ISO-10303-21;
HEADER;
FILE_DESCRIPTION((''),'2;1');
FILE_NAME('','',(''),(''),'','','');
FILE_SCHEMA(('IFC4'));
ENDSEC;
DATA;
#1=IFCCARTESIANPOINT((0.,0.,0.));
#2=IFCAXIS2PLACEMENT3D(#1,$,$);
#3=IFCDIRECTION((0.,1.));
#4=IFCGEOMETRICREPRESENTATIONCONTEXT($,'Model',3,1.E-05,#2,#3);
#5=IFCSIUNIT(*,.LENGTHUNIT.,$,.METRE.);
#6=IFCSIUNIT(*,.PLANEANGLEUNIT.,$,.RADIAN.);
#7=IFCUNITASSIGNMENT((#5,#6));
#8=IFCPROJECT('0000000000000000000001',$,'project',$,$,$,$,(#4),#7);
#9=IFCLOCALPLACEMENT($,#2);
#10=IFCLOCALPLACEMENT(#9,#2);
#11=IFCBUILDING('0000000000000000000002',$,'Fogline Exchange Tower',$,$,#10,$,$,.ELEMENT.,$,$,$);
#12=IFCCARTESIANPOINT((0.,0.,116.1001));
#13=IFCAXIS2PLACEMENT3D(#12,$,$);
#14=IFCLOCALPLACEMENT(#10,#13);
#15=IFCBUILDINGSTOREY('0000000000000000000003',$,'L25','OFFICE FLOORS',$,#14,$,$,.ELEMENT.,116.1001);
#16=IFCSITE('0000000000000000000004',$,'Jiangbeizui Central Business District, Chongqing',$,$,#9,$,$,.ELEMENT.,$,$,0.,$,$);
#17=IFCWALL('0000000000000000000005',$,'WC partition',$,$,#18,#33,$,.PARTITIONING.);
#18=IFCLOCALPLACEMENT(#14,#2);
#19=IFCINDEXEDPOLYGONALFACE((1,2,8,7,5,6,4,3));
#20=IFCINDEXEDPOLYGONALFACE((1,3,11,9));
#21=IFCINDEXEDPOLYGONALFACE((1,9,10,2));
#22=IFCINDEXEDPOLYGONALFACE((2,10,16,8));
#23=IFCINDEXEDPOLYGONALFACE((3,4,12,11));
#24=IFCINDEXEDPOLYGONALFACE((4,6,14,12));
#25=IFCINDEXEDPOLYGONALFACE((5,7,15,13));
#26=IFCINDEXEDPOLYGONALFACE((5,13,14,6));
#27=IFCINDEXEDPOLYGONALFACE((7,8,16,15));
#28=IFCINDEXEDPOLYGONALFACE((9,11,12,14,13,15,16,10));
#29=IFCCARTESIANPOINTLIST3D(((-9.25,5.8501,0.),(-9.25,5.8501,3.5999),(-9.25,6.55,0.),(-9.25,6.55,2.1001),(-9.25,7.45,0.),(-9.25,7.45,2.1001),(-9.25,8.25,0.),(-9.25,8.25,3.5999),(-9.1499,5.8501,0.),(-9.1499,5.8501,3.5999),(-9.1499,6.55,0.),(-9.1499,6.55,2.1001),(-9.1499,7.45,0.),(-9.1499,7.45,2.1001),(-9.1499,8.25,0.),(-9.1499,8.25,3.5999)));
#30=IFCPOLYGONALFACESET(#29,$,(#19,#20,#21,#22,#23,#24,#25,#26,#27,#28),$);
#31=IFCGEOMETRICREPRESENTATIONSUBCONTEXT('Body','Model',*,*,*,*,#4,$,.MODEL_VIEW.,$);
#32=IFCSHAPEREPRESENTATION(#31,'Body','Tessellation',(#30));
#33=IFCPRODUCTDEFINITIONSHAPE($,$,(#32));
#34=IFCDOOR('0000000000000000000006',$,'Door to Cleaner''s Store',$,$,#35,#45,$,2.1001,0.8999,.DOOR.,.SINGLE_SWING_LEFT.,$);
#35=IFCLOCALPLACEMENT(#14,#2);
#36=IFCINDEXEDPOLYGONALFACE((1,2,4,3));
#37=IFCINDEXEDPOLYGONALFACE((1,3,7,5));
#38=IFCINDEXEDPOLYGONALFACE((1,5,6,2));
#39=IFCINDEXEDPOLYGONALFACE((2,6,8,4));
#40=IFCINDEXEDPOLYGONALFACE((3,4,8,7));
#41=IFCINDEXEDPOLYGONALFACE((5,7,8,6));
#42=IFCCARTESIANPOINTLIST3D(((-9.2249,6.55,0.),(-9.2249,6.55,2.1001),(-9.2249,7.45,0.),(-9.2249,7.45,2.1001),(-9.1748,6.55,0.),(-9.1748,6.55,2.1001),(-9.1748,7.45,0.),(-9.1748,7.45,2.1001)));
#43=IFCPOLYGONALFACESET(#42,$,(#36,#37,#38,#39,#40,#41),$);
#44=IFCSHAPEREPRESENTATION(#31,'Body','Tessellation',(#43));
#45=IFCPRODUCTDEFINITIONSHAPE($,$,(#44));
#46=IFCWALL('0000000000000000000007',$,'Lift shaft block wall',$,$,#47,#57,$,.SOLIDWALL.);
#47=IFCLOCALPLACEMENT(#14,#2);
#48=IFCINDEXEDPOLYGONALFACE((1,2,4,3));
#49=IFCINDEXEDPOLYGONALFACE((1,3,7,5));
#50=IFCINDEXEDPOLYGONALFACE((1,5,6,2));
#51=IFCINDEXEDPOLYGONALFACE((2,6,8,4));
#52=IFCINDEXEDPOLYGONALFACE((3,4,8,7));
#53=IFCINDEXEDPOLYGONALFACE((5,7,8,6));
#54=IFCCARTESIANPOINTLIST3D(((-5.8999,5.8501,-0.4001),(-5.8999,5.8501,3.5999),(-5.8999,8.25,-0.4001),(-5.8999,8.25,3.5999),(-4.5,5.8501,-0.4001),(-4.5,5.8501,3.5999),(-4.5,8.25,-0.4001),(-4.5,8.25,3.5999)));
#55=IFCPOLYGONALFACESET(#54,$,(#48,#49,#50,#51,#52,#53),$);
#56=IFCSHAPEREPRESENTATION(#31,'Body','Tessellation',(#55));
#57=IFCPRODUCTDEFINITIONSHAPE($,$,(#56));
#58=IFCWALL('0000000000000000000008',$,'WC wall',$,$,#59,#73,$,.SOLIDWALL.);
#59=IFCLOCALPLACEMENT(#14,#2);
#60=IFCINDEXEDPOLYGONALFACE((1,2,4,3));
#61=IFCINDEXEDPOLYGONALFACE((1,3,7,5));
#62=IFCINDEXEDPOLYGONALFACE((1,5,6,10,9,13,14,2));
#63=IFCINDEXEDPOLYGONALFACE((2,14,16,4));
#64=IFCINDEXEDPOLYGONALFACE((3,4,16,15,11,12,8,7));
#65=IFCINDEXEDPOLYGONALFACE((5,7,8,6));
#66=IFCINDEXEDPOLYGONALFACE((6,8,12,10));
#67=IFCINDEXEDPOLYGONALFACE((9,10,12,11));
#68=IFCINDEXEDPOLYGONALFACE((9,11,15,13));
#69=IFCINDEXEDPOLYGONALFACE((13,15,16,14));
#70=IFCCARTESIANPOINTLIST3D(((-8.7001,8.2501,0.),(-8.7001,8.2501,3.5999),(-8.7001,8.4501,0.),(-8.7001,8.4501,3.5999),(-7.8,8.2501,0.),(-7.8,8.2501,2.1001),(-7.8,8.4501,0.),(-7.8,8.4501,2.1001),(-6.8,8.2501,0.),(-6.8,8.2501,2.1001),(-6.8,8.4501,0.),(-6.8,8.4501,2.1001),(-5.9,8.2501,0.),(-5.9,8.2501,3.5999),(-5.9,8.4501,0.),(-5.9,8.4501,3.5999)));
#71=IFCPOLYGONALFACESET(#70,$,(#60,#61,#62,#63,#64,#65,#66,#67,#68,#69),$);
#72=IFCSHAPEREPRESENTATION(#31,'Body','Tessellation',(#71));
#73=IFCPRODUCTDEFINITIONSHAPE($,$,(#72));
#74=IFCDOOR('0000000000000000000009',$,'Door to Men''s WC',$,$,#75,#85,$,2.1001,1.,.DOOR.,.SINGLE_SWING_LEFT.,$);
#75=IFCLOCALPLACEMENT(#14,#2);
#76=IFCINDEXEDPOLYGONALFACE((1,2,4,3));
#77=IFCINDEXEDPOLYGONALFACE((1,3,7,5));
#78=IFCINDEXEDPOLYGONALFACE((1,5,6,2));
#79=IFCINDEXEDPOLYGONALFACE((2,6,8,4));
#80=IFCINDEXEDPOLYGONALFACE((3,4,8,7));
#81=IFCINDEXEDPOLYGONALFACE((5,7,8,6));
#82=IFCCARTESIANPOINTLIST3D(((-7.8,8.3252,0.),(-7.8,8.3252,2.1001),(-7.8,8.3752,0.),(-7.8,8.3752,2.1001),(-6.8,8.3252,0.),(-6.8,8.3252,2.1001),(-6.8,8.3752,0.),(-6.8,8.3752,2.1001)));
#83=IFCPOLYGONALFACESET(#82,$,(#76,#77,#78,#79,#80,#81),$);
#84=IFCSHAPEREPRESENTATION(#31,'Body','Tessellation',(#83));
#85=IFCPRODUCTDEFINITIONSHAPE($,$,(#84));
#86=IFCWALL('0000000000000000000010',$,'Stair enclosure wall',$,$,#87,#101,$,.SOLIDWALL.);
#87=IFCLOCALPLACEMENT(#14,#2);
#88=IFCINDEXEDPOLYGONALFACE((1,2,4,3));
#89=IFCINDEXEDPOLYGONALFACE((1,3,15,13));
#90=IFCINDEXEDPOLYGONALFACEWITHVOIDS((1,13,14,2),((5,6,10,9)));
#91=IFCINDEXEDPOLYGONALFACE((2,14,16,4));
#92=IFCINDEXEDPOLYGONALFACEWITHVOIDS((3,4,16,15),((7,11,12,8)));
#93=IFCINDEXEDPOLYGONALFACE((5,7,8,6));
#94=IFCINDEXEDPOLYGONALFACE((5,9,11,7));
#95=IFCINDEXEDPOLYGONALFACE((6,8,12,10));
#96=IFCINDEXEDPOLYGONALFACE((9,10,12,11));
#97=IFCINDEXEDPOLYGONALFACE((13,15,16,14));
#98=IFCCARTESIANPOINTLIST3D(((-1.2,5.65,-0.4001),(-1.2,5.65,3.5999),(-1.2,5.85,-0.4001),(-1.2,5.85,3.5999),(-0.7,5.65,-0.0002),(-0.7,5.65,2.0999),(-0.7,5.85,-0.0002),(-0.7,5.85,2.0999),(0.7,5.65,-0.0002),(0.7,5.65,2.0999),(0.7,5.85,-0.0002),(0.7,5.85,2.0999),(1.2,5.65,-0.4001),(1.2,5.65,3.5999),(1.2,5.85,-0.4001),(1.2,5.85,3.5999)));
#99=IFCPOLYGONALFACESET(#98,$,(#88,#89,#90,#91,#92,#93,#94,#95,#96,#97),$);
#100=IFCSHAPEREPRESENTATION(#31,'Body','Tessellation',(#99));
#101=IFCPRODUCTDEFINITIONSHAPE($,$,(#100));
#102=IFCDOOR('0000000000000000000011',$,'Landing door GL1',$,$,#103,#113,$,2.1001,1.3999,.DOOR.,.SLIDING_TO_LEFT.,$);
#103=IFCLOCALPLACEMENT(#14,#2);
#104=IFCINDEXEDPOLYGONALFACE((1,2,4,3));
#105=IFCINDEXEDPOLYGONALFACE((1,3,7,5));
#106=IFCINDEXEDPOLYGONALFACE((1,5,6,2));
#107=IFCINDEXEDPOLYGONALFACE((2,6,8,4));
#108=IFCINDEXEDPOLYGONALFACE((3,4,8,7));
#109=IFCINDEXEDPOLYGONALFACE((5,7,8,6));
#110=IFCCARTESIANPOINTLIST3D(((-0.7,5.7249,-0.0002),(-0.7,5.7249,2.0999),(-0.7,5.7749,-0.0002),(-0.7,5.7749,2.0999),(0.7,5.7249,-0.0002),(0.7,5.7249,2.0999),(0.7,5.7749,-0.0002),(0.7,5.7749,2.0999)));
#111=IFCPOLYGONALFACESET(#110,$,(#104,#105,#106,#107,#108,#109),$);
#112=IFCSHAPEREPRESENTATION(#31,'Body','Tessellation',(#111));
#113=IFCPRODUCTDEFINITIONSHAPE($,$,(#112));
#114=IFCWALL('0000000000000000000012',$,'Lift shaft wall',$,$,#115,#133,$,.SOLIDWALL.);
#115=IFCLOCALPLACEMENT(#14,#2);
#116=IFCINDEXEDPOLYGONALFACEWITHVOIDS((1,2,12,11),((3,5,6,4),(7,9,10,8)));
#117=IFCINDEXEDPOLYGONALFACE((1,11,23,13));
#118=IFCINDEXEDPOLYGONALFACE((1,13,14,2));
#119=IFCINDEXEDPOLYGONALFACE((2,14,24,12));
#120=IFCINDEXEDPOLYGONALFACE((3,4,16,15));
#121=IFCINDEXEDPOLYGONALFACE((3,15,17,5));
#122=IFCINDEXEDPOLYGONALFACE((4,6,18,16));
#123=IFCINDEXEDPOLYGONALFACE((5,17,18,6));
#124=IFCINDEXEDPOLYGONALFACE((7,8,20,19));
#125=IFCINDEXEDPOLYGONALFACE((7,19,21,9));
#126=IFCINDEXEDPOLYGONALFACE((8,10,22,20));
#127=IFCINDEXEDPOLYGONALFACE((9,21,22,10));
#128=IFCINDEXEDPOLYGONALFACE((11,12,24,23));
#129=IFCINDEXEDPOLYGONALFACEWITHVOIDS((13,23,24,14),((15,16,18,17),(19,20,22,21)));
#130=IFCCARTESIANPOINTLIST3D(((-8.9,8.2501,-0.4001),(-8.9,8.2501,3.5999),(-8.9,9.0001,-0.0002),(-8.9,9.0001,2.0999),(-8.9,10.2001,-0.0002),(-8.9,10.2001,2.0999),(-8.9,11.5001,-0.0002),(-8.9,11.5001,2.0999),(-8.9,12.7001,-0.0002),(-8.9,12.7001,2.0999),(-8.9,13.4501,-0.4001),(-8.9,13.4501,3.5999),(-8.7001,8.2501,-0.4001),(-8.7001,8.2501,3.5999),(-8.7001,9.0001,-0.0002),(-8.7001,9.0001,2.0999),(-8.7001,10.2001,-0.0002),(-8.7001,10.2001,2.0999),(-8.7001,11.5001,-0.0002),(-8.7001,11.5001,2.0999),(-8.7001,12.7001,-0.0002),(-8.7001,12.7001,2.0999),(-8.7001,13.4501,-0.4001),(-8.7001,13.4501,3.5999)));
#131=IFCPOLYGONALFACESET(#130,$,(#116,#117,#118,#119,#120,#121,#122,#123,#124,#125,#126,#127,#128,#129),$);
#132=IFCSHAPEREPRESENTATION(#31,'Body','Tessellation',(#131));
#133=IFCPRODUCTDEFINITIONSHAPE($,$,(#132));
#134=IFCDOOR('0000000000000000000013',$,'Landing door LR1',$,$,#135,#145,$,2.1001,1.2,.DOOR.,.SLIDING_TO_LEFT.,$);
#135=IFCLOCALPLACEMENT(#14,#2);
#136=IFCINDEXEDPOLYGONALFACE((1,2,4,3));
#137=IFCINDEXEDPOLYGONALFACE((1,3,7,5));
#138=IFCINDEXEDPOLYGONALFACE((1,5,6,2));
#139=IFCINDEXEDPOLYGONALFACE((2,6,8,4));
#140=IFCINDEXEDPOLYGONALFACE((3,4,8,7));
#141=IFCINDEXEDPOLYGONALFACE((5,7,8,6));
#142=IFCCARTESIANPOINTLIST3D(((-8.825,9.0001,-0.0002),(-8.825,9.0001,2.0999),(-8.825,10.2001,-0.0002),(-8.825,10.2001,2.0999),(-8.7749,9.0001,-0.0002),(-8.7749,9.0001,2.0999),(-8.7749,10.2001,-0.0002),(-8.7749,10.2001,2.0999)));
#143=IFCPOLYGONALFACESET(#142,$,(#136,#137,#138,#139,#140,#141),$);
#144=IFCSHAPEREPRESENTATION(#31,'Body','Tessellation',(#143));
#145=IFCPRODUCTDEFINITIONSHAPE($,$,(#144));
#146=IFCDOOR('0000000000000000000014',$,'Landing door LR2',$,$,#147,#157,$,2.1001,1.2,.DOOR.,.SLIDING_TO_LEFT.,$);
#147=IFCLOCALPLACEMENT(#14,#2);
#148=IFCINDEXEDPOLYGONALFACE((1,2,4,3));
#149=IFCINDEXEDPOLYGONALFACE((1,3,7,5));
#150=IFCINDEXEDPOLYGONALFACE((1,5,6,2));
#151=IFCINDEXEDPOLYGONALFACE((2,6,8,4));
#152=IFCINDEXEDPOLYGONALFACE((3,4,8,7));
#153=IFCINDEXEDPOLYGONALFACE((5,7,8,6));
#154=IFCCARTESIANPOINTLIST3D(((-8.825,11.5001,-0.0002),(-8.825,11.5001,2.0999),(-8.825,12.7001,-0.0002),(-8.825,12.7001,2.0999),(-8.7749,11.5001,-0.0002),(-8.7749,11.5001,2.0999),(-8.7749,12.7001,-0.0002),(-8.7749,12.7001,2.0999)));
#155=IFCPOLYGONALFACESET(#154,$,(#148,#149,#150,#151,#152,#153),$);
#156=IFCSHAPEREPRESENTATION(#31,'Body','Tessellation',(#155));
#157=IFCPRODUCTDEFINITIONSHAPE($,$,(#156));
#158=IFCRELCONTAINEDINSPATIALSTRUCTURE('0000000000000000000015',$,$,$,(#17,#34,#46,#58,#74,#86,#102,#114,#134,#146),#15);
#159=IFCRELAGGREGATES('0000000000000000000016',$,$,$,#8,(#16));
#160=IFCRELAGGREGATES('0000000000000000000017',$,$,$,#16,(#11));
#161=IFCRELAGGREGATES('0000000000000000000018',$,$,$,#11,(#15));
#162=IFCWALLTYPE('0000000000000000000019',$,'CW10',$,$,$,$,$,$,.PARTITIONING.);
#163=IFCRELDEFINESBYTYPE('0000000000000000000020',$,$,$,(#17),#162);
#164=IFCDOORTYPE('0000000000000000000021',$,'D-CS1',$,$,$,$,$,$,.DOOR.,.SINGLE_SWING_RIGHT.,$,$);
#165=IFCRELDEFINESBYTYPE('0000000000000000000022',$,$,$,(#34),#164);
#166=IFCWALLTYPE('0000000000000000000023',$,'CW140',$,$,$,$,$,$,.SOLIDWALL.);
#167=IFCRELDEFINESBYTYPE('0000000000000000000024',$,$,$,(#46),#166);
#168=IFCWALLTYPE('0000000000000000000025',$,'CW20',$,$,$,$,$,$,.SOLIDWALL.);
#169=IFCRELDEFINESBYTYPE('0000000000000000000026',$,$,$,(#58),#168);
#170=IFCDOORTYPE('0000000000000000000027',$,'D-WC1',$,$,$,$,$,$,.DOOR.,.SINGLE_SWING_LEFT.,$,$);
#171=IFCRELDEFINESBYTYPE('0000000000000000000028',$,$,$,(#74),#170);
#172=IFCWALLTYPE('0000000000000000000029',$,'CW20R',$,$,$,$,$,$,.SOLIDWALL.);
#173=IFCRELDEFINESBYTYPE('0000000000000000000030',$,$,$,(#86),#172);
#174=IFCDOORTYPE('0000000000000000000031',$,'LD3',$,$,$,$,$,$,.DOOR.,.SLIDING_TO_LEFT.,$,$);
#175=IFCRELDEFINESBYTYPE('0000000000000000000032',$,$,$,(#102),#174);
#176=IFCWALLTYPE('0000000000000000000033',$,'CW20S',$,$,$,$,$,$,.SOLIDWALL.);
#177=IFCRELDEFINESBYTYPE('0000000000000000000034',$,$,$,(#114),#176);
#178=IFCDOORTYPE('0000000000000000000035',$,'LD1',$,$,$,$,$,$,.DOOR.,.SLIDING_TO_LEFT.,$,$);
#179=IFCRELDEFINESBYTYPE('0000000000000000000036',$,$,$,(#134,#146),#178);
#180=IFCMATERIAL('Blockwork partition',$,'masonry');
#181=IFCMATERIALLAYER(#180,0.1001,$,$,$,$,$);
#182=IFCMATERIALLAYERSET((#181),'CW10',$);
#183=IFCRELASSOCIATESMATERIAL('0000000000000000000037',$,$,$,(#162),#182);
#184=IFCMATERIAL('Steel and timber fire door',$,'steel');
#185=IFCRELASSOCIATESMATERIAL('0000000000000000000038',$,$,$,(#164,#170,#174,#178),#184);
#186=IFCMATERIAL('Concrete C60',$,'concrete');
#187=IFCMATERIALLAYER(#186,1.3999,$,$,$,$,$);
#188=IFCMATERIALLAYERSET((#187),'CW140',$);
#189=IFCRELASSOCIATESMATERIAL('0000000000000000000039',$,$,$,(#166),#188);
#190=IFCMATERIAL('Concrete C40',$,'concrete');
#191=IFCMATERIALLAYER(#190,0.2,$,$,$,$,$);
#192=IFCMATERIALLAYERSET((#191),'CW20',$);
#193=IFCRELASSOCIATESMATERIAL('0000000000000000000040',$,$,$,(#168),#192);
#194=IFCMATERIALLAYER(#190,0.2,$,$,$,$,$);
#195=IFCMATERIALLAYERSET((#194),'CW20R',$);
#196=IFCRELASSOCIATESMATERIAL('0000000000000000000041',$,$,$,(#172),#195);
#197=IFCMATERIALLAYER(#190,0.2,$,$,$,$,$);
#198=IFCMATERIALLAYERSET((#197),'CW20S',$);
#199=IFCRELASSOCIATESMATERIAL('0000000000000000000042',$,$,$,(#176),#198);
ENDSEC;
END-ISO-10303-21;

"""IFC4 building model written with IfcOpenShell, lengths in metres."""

from ifc_helpers import new_model, si_unit, direction, frame, frame_2d, origin, place, context, subcontext, project, spatial, rectangle, extrude, material, layer, layer_set, type_object, element, fill, save


model = new_model("IFC4")

# Units and contexts
model_context = context("Model", 3, precision=1e-05, world=origin(), true_north=direction((0.0, 1.0)))
body_context = subcontext(model_context, "Body", "Model", "MODEL_VIEW")
ifc_project = project(units=[si_unit("LENGTHUNIT", "METRE"), si_unit("PLANEANGLEUNIT", "RADIAN")], contexts=[model_context])

# Site, building, storey
site_placement = place(None, origin())
site = spatial("IfcSite", under=ifc_project, at=site_placement, Name="Jiangbeizui Central Business District, Chongqing", CompositionType="ELEMENT", RefElevation=0.0)
building_placement = place(site_placement, origin())
building = spatial("IfcBuilding", under=site, at=building_placement, Name="Fogline Exchange Tower", CompositionType="ELEMENT")
storey_placement = place(building_placement, frame((0.0, 0.0, 116.1001)))
storey = spatial("IfcBuildingStorey", under=building, at=storey_placement, Name="L25", Description="OFFICE FLOORS", CompositionType="ELEMENT", Elevation=116.1001)

# Wall, opening, door
ifc_material_1 = material(Name="Blockwork partition", Category="masonry")
ifc_layer_1 = layer(ifc_material_1, 0.1001)
ifc_layer_set_1 = layer_set([ifc_layer_1], Name="CW10")
wall_type_1 = type_object("IfcWallType", Name="CW10", PredefinedType="PARTITIONING", material=ifc_layer_set_1)
wall_1_placement = place(storey_placement, frame((-9.2, 5.8501, 0.0), z_axis=(0.0, 0.0, 1.0), x_axis=(0.0, 1.0, 0.0)))
wall_1 = element("IfcWall", 1, at=wall_1_placement, inside=storey, type_object=wall_type_1, Name="WC partition", PredefinedType="PARTITIONING", context=body_context, shape_type="SweptSolid", body=[
    extrude(rectangle(XDim=2.3999, YDim=0.1001, at=frame_2d((1.2, 0.0))), origin(), (0.0, 0.0, 1.0), 3.5999),
])
opening_1_placement = place(wall_1_placement, frame((0.7, 0.0, 0.0)))
opening_1 = element("IfcOpeningElement", 2, at=opening_1_placement, cuts=wall_1, PredefinedType="OPENING", context=body_context, shape_type="SweptSolid", body=[
    extrude(rectangle(XDim=0.8999, YDim=2.1001, at=frame_2d((0.45, 1.05))), frame((0.0, 0.0601, 0.0), z_axis=(0.0, -1.0, 0.0), x_axis=(1.0, 0.0, 0.0)), (0.0, 0.0, 1.0), 0.1201),
])
ifc_material_2 = material(Name="Steel and timber fire door", Category="steel")
door_type_1 = type_object("IfcDoorType", Name="D-CS1", OperationType="SINGLE_SWING_RIGHT", PredefinedType="DOOR", material=ifc_material_2)
door_1_placement = place(opening_1_placement, origin())
door_1 = element("IfcDoor", 3, at=door_1_placement, inside=storey, type_object=door_type_1, Name="Door to Cleaner's Store", OperationType="SINGLE_SWING_LEFT", OverallHeight=2.1001, OverallWidth=0.8999, PredefinedType="DOOR", context=body_context, shape_type="SweptSolid", body=[
    extrude(rectangle(XDim=0.8999, YDim=2.1001, at=frame_2d((0.45, 1.05))), frame((0.0, 0.0249, 0.0), z_axis=(0.0, -1.0, 0.0), x_axis=(1.0, 0.0, 0.0)), (0.0, 0.0, 1.0), 0.05),
])
fill(opening_1, door_1)

# Wall
ifc_material_3 = material(Name="Concrete C60", Category="concrete")
ifc_layer_2 = layer(ifc_material_3, 1.3999)
ifc_layer_set_2 = layer_set([ifc_layer_2], Name="CW140")
wall_type_2 = type_object("IfcWallType", Name="CW140", PredefinedType="SOLIDWALL", material=ifc_layer_set_2)
wall_2_placement = place(storey_placement, frame((-5.2, 5.8501, -0.4001), z_axis=(0.0, 0.0, 1.0), x_axis=(0.0, 1.0, 0.0)))
element("IfcWall", 4, at=wall_2_placement, inside=storey, type_object=wall_type_2, Name="Lift shaft block wall", PredefinedType="SOLIDWALL", context=body_context, shape_type="SweptSolid", body=[
    extrude(rectangle(XDim=2.3999, YDim=1.3999, at=frame_2d((1.2, 0.0))), origin(), (0.0, 0.0, 1.0), 4.0),
])

# Walls, openings, doors
ifc_material_4 = material(Name="Concrete C40", Category="concrete")
ifc_layer_3 = layer(ifc_material_4, 0.2)
ifc_layer_set_3 = layer_set([ifc_layer_3], Name="CW20")
wall_type_3 = type_object("IfcWallType", Name="CW20", PredefinedType="SOLIDWALL", material=ifc_layer_set_3)
wall_3_placement = place(storey_placement, frame((-8.7, 8.3501, 0.0), z_axis=(0.0, 0.0, 1.0), x_axis=(1.0, 0.0, 0.0)))
wall_3 = element("IfcWall", 5, at=wall_3_placement, inside=storey, type_object=wall_type_3, Name="WC wall", PredefinedType="SOLIDWALL", context=body_context, shape_type="SweptSolid", body=[
    extrude(rectangle(XDim=2.8, YDim=0.2, at=frame_2d((1.3999, 0.0))), origin(), (0.0, 0.0, 1.0), 3.5999),
])
opening_2_placement = place(wall_3_placement, frame((0.8999, 0.0, 0.0)))
opening_2 = element("IfcOpeningElement", 6, at=opening_2_placement, cuts=wall_3, PredefinedType="OPENING", context=body_context, shape_type="SweptSolid", body=[
    extrude(rectangle(XDim=1.0, YDim=2.1001, at=frame_2d((0.5, 1.05))), frame((0.0, 0.1099, 0.0), z_axis=(0.0, -1.0, 0.0), x_axis=(1.0, 0.0, 0.0)), (0.0, 0.0, 1.0), 0.22),
])
door_type_2 = type_object("IfcDoorType", Name="D-WC1", OperationType="SINGLE_SWING_LEFT", PredefinedType="DOOR", material=ifc_material_2)
door_2_placement = place(opening_2_placement, frame((1.0, 0.0, 0.0), z_axis=(0.0, 0.0, 1.0), x_axis=(-1.0, 0.0, 0.0)))
door_2 = element("IfcDoor", 7, at=door_2_placement, inside=storey, type_object=door_type_2, Name="Door to Men's WC", OperationType="SINGLE_SWING_LEFT", OverallHeight=2.1001, OverallWidth=1.0, PredefinedType="DOOR", context=body_context, shape_type="SweptSolid", body=[
    extrude(rectangle(XDim=1.0, YDim=2.1001, at=frame_2d((0.5, 1.05))), frame((0.0, 0.0249, 0.0), z_axis=(0.0, -1.0, 0.0), x_axis=(1.0, 0.0, 0.0)), (0.0, 0.0, 1.0), 0.05),
])
fill(opening_2, door_2)
ifc_layer_4 = layer(ifc_material_4, 0.2)
ifc_layer_set_4 = layer_set([ifc_layer_4], Name="CW20R")
wall_type_4 = type_object("IfcWallType", Name="CW20R", PredefinedType="SOLIDWALL", material=ifc_layer_set_4)
wall_4_placement = place(storey_placement, frame((-1.2, 5.75, -0.4001), z_axis=(0.0, 0.0, 1.0), x_axis=(1.0, 0.0, 0.0)))
wall_4 = element("IfcWall", 8, at=wall_4_placement, inside=storey, type_object=wall_type_4, Name="Stair enclosure wall", PredefinedType="SOLIDWALL", context=body_context, shape_type="SweptSolid", body=[
    extrude(rectangle(XDim=2.3999, YDim=0.2, at=frame_2d((1.2, 0.0))), origin(), (0.0, 0.0, 1.0), 4.0),
])
opening_3_placement = place(wall_4_placement, frame((0.5, 0.0, 0.3999)))
opening_3 = element("IfcOpeningElement", 9, at=opening_3_placement, cuts=wall_4, PredefinedType="OPENING", context=body_context, shape_type="SweptSolid", body=[
    extrude(rectangle(XDim=1.3999, YDim=2.1001, at=frame_2d((0.7, 1.05))), frame((0.0, 0.1099, 0.0), z_axis=(0.0, -1.0, 0.0), x_axis=(1.0, 0.0, 0.0)), (0.0, 0.0, 1.0), 0.22),
])
door_type_3 = type_object("IfcDoorType", Name="LD3", OperationType="SLIDING_TO_LEFT", PredefinedType="DOOR", material=ifc_material_2)
door_3_placement = place(opening_3_placement, origin())
door_3 = element("IfcDoor", 10, at=door_3_placement, inside=storey, type_object=door_type_3, Name="Landing door GL1", OperationType="SLIDING_TO_LEFT", OverallHeight=2.1001, OverallWidth=1.3999, PredefinedType="DOOR", context=body_context, shape_type="SweptSolid", body=[
    extrude(rectangle(XDim=1.3999, YDim=2.1001, at=frame_2d((0.7, 1.05))), frame((0.0, 0.0249, 0.0), z_axis=(0.0, -1.0, 0.0), x_axis=(1.0, 0.0, 0.0)), (0.0, 0.0, 1.0), 0.05),
])
fill(opening_3, door_3)

# Wall, openings, doors
ifc_layer_5 = layer(ifc_material_4, 0.2)
ifc_layer_set_5 = layer_set([ifc_layer_5], Name="CW20S")
wall_type_5 = type_object("IfcWallType", Name="CW20S", PredefinedType="SOLIDWALL", material=ifc_layer_set_5)
wall_5_placement = place(storey_placement, frame((-8.8, 8.25, -0.4001), z_axis=(0.0, 0.0, 1.0), x_axis=(0.0, 1.0, 0.0)))
wall_5 = element("IfcWall", 11, at=wall_5_placement, inside=storey, type_object=wall_type_5, Name="Lift shaft wall", PredefinedType="SOLIDWALL", context=body_context, shape_type="SweptSolid", body=[
    extrude(rectangle(XDim=5.2, YDim=0.2, at=frame_2d((2.6001, 0.0))), origin(), (0.0, 0.0, 1.0), 4.0),
])
opening_4_placement = place(wall_5_placement, frame((0.75, 0.0, 0.3999)))
opening_4 = element("IfcOpeningElement", 12, at=opening_4_placement, cuts=wall_5, PredefinedType="OPENING", context=body_context, shape_type="SweptSolid", body=[
    extrude(rectangle(XDim=1.2, YDim=2.1001, at=frame_2d((0.6001, 1.05))), frame((0.0, 0.1099, 0.0), z_axis=(0.0, -1.0, 0.0), x_axis=(1.0, 0.0, 0.0)), (0.0, 0.0, 1.0), 0.22),
])
opening_5_placement = place(wall_5_placement, frame((3.25, 0.0, 0.3999)))
opening_5 = element("IfcOpeningElement", 13, at=opening_5_placement, cuts=wall_5, PredefinedType="OPENING", context=body_context, shape_type="SweptSolid", body=[
    extrude(rectangle(XDim=1.2, YDim=2.1001, at=frame_2d((0.6001, 1.05))), frame((0.0, 0.1099, 0.0), z_axis=(0.0, -1.0, 0.0), x_axis=(1.0, 0.0, 0.0)), (0.0, 0.0, 1.0), 0.22),
])
door_type_4 = type_object("IfcDoorType", Name="LD1", OperationType="SLIDING_TO_LEFT", PredefinedType="DOOR", material=ifc_material_2)
door_4_placement = place(opening_4_placement, origin())
door_4 = element("IfcDoor", 14, at=door_4_placement, inside=storey, type_object=door_type_4, Name="Landing door LR1", OperationType="SLIDING_TO_LEFT", OverallHeight=2.1001, OverallWidth=1.2, PredefinedType="DOOR", context=body_context, shape_type="SweptSolid", body=[
    extrude(rectangle(XDim=1.2, YDim=2.1001, at=frame_2d((0.6001, 1.05))), frame((0.0, 0.0249, 0.0), z_axis=(0.0, -1.0, 0.0), x_axis=(1.0, 0.0, 0.0)), (0.0, 0.0, 1.0), 0.05),
])
fill(opening_4, door_4)
door_5_placement = place(opening_5_placement, origin())
door_5 = element("IfcDoor", 15, at=door_5_placement, inside=storey, type_object=door_type_4, Name="Landing door LR2", OperationType="SLIDING_TO_LEFT", OverallHeight=2.1001, OverallWidth=1.2, PredefinedType="DOOR", context=body_context, shape_type="SweptSolid", body=[
    extrude(rectangle(XDim=1.2, YDim=2.1001, at=frame_2d((0.6001, 1.05))), frame((0.0, 0.0249, 0.0), z_axis=(0.0, -1.0, 0.0), x_axis=(1.0, 0.0, 0.0)), (0.0, 0.0, 1.0), 0.05),
])
fill(opening_5, door_5)

save(model, "model.ifc")
